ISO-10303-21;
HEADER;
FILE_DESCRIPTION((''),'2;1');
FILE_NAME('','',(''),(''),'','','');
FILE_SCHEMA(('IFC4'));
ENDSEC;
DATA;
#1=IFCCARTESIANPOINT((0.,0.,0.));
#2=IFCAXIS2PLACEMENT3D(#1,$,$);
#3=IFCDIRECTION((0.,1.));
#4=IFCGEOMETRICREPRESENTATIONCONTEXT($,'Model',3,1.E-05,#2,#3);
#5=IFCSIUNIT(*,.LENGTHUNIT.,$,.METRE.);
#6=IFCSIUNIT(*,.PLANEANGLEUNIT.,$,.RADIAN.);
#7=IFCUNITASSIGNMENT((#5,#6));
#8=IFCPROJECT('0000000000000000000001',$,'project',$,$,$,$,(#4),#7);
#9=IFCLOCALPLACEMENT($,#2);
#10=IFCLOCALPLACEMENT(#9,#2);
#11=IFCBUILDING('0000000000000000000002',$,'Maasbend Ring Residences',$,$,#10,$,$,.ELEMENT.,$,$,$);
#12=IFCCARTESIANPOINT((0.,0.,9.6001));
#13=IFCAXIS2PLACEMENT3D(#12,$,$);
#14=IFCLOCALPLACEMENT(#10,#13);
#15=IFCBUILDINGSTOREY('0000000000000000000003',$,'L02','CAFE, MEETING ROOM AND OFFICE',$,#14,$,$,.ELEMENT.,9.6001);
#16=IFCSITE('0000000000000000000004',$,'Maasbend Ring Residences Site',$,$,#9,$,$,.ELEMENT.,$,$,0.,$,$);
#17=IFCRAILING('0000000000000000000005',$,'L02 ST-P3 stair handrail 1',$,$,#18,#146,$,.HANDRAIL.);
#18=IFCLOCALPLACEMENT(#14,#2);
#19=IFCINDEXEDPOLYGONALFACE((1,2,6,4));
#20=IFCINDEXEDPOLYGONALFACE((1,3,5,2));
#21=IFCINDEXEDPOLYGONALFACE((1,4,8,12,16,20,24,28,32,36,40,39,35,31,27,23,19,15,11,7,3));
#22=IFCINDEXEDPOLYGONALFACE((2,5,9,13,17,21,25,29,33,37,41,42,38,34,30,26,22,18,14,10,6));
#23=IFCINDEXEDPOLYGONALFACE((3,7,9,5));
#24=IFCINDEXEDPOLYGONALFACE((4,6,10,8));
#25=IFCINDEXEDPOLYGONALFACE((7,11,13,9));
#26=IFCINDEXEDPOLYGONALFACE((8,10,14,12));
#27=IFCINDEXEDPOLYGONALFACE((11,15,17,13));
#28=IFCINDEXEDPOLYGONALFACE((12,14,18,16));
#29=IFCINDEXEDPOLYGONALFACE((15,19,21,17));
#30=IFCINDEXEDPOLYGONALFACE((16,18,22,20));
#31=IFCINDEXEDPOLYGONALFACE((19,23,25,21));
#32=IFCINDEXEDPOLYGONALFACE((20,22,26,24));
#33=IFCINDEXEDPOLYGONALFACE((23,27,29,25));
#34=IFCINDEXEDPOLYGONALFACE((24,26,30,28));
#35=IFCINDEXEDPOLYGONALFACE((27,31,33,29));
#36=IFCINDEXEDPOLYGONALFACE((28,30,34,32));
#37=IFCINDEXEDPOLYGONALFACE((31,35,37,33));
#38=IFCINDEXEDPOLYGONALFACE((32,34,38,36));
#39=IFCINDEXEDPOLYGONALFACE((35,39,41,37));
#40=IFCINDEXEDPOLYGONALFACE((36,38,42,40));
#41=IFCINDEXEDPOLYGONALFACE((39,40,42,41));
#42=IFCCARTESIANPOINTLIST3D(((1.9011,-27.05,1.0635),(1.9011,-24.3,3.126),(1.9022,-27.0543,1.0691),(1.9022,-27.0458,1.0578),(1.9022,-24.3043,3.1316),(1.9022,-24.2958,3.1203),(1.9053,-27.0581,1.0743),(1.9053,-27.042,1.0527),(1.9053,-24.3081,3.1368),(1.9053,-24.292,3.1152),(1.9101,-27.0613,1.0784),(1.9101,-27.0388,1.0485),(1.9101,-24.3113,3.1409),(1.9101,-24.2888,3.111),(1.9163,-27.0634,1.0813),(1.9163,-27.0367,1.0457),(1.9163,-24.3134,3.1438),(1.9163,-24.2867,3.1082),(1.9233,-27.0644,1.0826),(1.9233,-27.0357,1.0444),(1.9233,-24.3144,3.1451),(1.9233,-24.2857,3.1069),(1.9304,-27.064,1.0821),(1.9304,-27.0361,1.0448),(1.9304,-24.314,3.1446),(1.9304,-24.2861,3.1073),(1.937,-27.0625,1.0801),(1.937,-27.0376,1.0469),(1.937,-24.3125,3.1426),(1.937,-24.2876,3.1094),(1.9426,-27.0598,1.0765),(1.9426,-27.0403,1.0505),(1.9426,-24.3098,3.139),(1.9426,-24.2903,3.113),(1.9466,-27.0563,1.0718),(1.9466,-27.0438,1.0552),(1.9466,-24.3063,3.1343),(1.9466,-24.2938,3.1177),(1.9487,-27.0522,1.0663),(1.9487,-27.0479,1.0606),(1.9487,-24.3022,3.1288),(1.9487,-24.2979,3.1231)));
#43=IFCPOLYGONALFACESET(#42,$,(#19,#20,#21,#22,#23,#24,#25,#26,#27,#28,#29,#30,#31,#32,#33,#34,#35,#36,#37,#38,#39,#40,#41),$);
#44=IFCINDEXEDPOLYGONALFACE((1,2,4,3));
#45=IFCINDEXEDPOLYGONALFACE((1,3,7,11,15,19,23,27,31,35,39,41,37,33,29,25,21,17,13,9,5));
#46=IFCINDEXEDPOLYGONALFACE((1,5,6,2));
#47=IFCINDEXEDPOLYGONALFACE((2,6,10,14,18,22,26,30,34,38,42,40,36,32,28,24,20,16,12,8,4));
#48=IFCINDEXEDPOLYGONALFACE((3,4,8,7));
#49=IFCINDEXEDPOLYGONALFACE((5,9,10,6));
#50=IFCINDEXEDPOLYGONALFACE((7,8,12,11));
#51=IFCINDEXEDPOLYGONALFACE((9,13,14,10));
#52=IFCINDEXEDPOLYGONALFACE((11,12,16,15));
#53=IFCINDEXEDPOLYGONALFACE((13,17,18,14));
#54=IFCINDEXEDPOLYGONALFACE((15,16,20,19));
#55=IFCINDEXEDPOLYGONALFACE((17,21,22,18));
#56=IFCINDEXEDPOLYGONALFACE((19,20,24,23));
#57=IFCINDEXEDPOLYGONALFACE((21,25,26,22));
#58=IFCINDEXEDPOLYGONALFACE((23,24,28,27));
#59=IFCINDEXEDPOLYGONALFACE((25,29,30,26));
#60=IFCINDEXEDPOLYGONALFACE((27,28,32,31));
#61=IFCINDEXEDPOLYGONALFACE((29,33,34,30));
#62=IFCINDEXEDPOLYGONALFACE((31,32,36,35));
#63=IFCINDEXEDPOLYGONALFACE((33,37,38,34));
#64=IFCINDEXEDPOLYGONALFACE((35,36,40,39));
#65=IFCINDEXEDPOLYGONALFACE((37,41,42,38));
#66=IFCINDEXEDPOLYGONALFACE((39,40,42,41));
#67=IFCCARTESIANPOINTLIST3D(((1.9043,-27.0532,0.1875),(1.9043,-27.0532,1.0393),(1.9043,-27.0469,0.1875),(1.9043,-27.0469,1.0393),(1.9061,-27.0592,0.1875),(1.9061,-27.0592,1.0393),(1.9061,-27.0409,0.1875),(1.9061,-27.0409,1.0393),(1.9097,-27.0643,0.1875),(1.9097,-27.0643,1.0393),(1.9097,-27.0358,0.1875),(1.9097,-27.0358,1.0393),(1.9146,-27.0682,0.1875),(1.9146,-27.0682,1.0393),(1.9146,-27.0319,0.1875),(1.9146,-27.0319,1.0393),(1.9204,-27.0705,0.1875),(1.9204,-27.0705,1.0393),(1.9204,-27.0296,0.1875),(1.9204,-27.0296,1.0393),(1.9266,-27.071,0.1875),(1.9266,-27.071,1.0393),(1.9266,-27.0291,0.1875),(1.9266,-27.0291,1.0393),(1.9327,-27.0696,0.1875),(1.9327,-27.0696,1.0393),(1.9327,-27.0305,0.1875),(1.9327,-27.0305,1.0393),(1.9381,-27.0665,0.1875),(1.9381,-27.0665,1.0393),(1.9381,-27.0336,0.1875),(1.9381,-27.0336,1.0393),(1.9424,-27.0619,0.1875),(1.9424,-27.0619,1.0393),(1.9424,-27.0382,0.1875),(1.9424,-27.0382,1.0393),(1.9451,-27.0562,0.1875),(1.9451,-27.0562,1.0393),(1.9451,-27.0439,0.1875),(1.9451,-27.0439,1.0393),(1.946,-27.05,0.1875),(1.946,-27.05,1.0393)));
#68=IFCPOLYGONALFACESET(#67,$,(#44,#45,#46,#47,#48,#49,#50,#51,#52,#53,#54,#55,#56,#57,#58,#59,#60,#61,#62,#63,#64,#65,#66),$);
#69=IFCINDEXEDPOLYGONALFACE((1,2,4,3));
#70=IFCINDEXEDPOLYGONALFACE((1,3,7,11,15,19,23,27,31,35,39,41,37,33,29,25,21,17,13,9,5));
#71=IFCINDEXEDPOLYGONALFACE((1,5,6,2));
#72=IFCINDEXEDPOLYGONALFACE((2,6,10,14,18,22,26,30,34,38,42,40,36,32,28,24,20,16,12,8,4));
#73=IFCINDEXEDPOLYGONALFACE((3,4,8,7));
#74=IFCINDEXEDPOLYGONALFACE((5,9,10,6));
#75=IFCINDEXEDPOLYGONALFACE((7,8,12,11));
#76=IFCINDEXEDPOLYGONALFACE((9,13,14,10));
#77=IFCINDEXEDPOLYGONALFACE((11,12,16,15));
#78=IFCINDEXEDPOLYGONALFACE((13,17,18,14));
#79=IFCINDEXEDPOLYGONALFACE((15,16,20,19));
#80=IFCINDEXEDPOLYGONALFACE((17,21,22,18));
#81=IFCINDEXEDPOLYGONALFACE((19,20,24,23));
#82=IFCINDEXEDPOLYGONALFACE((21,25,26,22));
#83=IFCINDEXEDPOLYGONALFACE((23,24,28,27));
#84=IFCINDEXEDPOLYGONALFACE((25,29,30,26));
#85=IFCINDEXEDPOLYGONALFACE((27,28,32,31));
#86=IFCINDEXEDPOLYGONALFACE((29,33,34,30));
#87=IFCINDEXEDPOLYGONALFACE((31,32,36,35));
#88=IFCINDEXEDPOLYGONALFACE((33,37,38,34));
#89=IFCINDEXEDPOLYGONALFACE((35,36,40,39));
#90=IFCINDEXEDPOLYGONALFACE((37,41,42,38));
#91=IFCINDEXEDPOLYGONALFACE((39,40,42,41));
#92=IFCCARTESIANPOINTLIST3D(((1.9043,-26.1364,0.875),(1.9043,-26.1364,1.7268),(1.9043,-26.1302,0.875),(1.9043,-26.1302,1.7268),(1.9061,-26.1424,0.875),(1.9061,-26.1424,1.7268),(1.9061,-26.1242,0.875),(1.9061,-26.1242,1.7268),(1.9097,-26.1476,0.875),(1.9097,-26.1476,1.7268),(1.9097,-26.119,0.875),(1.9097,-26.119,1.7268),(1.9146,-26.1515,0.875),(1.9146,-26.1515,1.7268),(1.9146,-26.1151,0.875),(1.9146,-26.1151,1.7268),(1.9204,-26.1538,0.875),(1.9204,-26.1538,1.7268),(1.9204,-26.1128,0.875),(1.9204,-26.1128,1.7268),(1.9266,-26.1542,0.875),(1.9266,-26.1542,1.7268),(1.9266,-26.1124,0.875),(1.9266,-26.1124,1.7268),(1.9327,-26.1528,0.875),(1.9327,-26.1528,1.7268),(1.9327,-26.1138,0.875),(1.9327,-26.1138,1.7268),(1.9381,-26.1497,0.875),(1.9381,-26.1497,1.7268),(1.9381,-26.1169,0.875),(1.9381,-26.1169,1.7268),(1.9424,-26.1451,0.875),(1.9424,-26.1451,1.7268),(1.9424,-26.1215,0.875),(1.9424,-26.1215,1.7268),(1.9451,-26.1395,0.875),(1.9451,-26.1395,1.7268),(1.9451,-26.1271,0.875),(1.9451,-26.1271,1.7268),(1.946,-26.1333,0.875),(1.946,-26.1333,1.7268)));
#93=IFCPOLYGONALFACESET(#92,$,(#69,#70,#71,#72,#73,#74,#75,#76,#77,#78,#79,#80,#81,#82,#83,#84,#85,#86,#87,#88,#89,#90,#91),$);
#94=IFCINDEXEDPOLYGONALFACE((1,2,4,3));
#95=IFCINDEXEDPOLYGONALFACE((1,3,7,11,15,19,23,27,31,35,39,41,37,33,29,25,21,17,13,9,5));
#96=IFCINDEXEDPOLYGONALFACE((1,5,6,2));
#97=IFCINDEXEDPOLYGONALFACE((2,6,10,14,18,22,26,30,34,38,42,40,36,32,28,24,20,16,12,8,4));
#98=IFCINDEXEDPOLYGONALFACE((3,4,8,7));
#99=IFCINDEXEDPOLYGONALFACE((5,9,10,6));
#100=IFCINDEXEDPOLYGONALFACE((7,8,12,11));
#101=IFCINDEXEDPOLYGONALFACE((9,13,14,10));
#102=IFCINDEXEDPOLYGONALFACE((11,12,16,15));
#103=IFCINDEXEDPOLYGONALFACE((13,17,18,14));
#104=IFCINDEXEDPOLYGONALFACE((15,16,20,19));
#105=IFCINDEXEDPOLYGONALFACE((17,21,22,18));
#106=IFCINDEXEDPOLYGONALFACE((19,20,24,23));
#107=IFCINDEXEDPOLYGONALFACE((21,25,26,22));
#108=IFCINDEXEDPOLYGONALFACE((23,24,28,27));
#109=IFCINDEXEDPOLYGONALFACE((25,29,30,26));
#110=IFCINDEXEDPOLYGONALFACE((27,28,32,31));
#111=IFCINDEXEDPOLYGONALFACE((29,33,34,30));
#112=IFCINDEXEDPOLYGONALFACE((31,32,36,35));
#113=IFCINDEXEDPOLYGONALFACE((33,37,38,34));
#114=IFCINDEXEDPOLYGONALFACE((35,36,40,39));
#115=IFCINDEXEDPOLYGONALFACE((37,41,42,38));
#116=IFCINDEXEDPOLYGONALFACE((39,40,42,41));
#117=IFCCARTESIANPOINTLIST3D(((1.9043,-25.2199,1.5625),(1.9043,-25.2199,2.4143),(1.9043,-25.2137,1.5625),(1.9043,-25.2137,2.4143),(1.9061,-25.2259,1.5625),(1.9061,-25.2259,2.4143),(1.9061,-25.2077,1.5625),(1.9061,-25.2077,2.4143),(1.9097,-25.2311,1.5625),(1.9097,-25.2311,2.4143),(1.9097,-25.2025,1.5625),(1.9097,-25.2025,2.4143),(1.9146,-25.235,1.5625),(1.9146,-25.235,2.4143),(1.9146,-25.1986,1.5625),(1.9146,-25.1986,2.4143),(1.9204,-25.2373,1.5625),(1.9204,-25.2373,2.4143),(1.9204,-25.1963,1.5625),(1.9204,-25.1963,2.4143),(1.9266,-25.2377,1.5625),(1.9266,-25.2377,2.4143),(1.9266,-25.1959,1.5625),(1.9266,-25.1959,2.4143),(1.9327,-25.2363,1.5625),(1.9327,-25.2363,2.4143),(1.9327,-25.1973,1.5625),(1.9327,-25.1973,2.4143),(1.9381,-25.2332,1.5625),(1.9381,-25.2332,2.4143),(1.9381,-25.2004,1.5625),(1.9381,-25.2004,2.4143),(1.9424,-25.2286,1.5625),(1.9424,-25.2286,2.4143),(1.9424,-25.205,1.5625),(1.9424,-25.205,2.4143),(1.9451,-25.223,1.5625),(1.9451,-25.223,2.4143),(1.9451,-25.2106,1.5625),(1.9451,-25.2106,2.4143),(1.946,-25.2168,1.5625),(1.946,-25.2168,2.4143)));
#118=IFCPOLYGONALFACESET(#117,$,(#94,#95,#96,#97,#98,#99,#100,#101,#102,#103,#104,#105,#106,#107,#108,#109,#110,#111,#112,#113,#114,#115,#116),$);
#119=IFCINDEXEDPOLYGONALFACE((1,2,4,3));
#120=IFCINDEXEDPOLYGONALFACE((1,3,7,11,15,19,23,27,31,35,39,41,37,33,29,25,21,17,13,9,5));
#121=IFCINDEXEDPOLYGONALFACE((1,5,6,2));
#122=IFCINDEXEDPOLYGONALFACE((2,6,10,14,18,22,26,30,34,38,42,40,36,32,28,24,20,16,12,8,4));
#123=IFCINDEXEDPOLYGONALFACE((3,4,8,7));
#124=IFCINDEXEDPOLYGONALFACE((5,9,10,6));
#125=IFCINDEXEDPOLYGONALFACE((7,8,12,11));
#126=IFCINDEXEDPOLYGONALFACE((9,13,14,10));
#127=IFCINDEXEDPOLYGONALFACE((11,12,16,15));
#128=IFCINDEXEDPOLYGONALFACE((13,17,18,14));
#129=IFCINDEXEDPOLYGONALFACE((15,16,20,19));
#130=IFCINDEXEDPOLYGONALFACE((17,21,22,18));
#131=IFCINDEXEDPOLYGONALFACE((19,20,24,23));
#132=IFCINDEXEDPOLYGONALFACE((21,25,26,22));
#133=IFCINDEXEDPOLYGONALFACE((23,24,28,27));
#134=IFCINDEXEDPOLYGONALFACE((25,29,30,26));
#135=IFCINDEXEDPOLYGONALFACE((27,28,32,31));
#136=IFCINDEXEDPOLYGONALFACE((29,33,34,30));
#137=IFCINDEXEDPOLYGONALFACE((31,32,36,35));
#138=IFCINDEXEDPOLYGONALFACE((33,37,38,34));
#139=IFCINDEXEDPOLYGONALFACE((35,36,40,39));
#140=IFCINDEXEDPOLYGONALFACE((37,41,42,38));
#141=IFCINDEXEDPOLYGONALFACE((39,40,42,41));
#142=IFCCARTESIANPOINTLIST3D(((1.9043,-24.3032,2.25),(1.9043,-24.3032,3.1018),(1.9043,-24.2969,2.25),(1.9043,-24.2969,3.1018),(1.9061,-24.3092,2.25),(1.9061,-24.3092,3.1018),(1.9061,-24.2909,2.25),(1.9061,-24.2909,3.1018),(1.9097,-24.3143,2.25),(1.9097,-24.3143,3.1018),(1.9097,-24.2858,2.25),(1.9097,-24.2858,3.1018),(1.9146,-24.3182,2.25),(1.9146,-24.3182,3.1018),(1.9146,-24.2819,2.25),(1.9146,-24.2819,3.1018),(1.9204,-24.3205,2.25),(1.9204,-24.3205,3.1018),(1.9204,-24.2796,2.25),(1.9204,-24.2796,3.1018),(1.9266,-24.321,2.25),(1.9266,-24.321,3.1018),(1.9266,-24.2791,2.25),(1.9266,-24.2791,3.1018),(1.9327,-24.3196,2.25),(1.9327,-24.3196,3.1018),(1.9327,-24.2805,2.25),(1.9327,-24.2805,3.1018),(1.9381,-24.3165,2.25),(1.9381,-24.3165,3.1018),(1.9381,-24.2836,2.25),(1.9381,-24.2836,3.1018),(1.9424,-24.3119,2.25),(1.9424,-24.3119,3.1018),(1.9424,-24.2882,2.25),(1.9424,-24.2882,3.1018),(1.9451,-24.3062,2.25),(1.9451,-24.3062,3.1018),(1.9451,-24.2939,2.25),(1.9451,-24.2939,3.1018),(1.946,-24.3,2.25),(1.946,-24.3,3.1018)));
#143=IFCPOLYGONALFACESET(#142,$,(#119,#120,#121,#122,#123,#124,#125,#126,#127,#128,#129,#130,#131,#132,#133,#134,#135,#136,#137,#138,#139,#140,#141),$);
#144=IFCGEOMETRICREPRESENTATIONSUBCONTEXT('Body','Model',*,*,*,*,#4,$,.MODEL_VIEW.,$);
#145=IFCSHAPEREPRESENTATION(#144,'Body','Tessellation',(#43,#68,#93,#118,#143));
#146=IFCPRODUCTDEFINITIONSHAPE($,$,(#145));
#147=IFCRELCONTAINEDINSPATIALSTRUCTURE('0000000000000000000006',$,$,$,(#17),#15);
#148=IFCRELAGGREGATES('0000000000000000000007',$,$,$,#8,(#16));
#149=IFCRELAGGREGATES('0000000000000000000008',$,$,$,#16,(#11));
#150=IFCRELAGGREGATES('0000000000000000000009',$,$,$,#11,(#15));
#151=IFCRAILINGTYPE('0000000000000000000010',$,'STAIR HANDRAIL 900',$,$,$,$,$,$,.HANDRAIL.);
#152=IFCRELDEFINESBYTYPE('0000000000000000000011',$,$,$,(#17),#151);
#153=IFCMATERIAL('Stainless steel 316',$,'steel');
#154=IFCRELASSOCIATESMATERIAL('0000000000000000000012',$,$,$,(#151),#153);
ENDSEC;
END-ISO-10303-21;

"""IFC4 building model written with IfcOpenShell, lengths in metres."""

from ifc_helpers import new_model, si_unit, direction, frame, origin, origin_2d, place, context, subcontext, project, spatial, circle, extrude, material, type_object, element, save


model = new_model("IFC4")

# Units and contexts
model_context = context("Model", 3, precision=1e-05, world=origin(), true_north=direction((0.0, 1.0)))
body_context = subcontext(model_context, "Body", "Model", "MODEL_VIEW")
ifc_project = project(units=[si_unit("LENGTHUNIT", "METRE"), si_unit("PLANEANGLEUNIT", "RADIAN")], contexts=[model_context])

# Site, building, storey
site_placement = place(None, origin())
site = spatial("IfcSite", under=ifc_project, at=site_placement, Name="Maasbend Ring Residences Site", CompositionType="ELEMENT", RefElevation=0.0)
building_placement = place(site_placement, origin())
building = spatial("IfcBuilding", under=site, at=building_placement, Name="Maasbend Ring Residences", CompositionType="ELEMENT")
storey_placement = place(building_placement, frame((0.0, 0.0, 9.6001)))
storey = spatial("IfcBuildingStorey", under=building, at=storey_placement, Name="L02", Description="CAFE, MEETING ROOM AND OFFICE", CompositionType="ELEMENT", Elevation=9.6001)

# Railing
ifc_material_1 = material(Name="Stainless steel 316", Category="steel")
railing_type_1 = type_object("IfcRailingType", Name="STAIR HANDRAIL 900", PredefinedType="HANDRAIL", material=ifc_material_1)
railing_1_placement = place(storey_placement, frame((1.925, -27.05, 0.1875)))
element("IfcRailing", 1, at=railing_1_placement, inside=storey, type_object=railing_type_1, Name="L02 ST-P3 stair handrail 1", PredefinedType="HANDRAIL", context=body_context, shape_type="SweptSolid", body=[
    extrude(circle(Radius=0.0239, at=origin_2d()), frame((0.0, 0.0, 0.876), z_axis=(0.0, 0.8, 0.6), x_axis=(-1.0, 0.0, 0.0)), (0.0, 0.0, 1.0), 3.4375),
    extrude(circle(Radius=0.021, at=origin_2d()), origin(), (0.0, 0.0, 1.0), 0.8518),
    extrude(circle(Radius=0.021, at=origin_2d()), frame((0.0, 0.9167, 0.6875)), (0.0, 0.0, 1.0), 0.8518),
    extrude(circle(Radius=0.021, at=origin_2d()), frame((0.0, 1.8333, 1.375)), (0.0, 0.0, 1.0), 0.8518),
    extrude(circle(Radius=0.021, at=origin_2d()), frame((0.0, 2.75, 2.0625)), (0.0, 0.0, 1.0), 0.8518),
])

save(model, "model.ifc")
